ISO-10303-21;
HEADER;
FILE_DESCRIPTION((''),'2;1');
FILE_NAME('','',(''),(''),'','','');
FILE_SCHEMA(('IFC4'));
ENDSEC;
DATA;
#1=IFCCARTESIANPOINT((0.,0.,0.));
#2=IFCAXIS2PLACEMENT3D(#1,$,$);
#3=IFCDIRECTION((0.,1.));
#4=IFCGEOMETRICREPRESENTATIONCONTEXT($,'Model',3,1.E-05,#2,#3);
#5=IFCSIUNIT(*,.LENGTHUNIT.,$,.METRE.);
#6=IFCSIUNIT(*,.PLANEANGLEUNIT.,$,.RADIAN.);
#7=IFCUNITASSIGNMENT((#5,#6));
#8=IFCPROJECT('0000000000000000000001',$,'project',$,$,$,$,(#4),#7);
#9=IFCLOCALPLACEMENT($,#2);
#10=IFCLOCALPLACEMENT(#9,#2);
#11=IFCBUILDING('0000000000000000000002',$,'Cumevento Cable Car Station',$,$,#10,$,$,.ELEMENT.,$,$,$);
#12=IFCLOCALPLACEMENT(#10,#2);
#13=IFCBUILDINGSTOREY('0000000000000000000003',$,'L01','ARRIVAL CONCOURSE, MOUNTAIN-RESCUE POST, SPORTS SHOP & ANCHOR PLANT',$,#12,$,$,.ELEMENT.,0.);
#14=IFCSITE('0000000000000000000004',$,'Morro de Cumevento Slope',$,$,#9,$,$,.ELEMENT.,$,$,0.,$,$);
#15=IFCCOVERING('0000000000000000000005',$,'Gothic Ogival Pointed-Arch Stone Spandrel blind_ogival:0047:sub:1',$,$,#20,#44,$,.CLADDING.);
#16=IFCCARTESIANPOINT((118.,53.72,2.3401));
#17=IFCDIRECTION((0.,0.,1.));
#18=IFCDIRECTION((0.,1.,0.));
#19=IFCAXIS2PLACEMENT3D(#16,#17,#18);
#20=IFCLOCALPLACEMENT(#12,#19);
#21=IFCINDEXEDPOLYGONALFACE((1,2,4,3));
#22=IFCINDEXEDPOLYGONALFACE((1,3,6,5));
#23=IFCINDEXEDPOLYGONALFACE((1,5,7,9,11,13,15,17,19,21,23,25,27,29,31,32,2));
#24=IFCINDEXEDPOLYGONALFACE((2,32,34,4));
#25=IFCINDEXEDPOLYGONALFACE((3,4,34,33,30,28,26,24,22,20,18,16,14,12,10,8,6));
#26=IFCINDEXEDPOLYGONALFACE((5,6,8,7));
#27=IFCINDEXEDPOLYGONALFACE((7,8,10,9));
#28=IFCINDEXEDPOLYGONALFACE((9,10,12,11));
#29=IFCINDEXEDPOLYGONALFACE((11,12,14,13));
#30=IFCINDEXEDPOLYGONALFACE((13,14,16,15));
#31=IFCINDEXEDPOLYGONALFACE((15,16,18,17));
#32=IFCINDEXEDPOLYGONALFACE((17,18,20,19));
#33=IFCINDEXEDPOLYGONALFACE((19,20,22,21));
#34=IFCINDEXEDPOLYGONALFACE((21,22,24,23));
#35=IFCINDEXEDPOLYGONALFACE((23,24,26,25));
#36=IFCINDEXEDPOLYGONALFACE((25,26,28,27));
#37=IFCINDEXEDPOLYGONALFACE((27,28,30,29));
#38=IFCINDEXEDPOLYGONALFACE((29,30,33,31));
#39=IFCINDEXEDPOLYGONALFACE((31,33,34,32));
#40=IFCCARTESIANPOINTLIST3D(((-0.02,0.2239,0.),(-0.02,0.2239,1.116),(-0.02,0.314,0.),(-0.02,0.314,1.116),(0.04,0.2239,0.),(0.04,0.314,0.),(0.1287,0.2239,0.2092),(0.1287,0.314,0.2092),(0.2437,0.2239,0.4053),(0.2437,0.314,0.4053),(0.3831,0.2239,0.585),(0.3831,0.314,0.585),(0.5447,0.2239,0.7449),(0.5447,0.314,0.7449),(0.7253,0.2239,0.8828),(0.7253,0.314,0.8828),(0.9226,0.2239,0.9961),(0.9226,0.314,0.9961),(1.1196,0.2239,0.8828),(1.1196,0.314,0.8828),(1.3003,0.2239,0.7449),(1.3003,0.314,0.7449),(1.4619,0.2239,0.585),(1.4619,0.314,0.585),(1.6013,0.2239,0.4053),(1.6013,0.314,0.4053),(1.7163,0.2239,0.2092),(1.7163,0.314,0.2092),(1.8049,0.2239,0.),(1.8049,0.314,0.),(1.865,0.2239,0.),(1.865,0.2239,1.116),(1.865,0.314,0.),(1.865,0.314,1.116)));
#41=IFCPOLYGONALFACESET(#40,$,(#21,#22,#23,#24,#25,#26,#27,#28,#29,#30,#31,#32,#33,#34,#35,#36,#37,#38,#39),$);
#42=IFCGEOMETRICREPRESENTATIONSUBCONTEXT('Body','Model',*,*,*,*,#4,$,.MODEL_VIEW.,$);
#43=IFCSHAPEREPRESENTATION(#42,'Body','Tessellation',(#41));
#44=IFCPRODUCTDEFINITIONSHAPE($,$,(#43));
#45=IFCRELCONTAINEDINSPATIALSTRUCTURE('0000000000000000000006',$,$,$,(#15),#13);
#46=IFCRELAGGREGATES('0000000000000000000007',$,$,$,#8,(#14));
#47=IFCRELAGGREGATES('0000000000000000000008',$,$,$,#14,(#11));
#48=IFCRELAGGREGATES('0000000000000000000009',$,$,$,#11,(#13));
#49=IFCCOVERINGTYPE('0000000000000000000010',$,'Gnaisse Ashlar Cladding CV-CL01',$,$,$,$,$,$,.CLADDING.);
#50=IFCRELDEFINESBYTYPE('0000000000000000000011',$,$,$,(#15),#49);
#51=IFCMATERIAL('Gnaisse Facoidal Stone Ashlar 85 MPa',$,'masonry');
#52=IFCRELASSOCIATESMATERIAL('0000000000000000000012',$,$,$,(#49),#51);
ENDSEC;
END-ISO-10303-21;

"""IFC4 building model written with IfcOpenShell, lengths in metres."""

from ifc_helpers import new_model, si_unit, direction, frame, origin, place, context, subcontext, project, spatial, polyline, outline, extrude, material, type_object, element, save


model = new_model("IFC4")

# Units and contexts
model_context = context("Model", 3, precision=1e-05, world=origin(), true_north=direction((0.0, 1.0)))
body_context = subcontext(model_context, "Body", "Model", "MODEL_VIEW")
ifc_project = project(units=[si_unit("LENGTHUNIT", "METRE"), si_unit("PLANEANGLEUNIT", "RADIAN")], contexts=[model_context])

# Site, building, storey
site_placement = place(None, origin())
site = spatial("IfcSite", under=ifc_project, at=site_placement, Name="Morro de Cumevento Slope", CompositionType="ELEMENT", RefElevation=0.0)
building_placement = place(site_placement, origin())
building = spatial("IfcBuilding", under=site, at=building_placement, Name="Cumevento Cable Car Station", CompositionType="ELEMENT")
storey_placement = place(building_placement, origin())
storey = spatial("IfcBuildingStorey", under=building, at=storey_placement, Name="L01", Description="ARRIVAL CONCOURSE, MOUNTAIN-RESCUE POST, SPORTS SHOP & ANCHOR PLANT", CompositionType="ELEMENT", Elevation=0.0)

# Covering
ifc_material_1 = material(Name="Gnaisse Facoidal Stone Ashlar 85 MPa", Category="masonry")
covering_type = type_object("IfcCoveringType", Name="Gnaisse Ashlar Cladding CV-CL01", PredefinedType="CLADDING", material=ifc_material_1)
for number, where, z_axis, x_axis, name in (
    (1, (118.0, 53.72, 2.3401), (0.0, 0.0, 1.0), (0.0, 1.0, 0.0), "Gothic Ogival Pointed-Arch Stone Spandrel blind_ogival:0047:sub:1"),
):
    element("IfcCovering", number, at=place(storey_placement, frame(where, z_axis=z_axis, x_axis=x_axis)), inside=storey, type_object=covering_type, Name=name, PredefinedType="CLADDING", context=body_context, shape_type="SweptSolid", body=[
        extrude(outline(polyline([(-0.02, 0.0), (-0.02, 1.116), (1.865, 1.116), (1.865, 0.0), (1.8049, 0.0), (1.7163, 0.2092), (1.6013, 0.4053), (1.4619, 0.585), (1.3003, 0.7449), (1.1196, 0.8828), (0.9226, 0.9961), (0.7253, 0.8828), (0.5447, 0.7449), (0.3831, 0.585), (0.2437, 0.4053), (0.1287, 0.2092), (0.04, 0.0), (-0.02, 0.0)])), frame((0.0, 0.314, 0.0), z_axis=(0.0, -1.0, 0.0), x_axis=(1.0, 0.0, 0.0)), (0.0, 0.0, 1.0), 0.0901),
    ])

save(model, "model.ifc")
